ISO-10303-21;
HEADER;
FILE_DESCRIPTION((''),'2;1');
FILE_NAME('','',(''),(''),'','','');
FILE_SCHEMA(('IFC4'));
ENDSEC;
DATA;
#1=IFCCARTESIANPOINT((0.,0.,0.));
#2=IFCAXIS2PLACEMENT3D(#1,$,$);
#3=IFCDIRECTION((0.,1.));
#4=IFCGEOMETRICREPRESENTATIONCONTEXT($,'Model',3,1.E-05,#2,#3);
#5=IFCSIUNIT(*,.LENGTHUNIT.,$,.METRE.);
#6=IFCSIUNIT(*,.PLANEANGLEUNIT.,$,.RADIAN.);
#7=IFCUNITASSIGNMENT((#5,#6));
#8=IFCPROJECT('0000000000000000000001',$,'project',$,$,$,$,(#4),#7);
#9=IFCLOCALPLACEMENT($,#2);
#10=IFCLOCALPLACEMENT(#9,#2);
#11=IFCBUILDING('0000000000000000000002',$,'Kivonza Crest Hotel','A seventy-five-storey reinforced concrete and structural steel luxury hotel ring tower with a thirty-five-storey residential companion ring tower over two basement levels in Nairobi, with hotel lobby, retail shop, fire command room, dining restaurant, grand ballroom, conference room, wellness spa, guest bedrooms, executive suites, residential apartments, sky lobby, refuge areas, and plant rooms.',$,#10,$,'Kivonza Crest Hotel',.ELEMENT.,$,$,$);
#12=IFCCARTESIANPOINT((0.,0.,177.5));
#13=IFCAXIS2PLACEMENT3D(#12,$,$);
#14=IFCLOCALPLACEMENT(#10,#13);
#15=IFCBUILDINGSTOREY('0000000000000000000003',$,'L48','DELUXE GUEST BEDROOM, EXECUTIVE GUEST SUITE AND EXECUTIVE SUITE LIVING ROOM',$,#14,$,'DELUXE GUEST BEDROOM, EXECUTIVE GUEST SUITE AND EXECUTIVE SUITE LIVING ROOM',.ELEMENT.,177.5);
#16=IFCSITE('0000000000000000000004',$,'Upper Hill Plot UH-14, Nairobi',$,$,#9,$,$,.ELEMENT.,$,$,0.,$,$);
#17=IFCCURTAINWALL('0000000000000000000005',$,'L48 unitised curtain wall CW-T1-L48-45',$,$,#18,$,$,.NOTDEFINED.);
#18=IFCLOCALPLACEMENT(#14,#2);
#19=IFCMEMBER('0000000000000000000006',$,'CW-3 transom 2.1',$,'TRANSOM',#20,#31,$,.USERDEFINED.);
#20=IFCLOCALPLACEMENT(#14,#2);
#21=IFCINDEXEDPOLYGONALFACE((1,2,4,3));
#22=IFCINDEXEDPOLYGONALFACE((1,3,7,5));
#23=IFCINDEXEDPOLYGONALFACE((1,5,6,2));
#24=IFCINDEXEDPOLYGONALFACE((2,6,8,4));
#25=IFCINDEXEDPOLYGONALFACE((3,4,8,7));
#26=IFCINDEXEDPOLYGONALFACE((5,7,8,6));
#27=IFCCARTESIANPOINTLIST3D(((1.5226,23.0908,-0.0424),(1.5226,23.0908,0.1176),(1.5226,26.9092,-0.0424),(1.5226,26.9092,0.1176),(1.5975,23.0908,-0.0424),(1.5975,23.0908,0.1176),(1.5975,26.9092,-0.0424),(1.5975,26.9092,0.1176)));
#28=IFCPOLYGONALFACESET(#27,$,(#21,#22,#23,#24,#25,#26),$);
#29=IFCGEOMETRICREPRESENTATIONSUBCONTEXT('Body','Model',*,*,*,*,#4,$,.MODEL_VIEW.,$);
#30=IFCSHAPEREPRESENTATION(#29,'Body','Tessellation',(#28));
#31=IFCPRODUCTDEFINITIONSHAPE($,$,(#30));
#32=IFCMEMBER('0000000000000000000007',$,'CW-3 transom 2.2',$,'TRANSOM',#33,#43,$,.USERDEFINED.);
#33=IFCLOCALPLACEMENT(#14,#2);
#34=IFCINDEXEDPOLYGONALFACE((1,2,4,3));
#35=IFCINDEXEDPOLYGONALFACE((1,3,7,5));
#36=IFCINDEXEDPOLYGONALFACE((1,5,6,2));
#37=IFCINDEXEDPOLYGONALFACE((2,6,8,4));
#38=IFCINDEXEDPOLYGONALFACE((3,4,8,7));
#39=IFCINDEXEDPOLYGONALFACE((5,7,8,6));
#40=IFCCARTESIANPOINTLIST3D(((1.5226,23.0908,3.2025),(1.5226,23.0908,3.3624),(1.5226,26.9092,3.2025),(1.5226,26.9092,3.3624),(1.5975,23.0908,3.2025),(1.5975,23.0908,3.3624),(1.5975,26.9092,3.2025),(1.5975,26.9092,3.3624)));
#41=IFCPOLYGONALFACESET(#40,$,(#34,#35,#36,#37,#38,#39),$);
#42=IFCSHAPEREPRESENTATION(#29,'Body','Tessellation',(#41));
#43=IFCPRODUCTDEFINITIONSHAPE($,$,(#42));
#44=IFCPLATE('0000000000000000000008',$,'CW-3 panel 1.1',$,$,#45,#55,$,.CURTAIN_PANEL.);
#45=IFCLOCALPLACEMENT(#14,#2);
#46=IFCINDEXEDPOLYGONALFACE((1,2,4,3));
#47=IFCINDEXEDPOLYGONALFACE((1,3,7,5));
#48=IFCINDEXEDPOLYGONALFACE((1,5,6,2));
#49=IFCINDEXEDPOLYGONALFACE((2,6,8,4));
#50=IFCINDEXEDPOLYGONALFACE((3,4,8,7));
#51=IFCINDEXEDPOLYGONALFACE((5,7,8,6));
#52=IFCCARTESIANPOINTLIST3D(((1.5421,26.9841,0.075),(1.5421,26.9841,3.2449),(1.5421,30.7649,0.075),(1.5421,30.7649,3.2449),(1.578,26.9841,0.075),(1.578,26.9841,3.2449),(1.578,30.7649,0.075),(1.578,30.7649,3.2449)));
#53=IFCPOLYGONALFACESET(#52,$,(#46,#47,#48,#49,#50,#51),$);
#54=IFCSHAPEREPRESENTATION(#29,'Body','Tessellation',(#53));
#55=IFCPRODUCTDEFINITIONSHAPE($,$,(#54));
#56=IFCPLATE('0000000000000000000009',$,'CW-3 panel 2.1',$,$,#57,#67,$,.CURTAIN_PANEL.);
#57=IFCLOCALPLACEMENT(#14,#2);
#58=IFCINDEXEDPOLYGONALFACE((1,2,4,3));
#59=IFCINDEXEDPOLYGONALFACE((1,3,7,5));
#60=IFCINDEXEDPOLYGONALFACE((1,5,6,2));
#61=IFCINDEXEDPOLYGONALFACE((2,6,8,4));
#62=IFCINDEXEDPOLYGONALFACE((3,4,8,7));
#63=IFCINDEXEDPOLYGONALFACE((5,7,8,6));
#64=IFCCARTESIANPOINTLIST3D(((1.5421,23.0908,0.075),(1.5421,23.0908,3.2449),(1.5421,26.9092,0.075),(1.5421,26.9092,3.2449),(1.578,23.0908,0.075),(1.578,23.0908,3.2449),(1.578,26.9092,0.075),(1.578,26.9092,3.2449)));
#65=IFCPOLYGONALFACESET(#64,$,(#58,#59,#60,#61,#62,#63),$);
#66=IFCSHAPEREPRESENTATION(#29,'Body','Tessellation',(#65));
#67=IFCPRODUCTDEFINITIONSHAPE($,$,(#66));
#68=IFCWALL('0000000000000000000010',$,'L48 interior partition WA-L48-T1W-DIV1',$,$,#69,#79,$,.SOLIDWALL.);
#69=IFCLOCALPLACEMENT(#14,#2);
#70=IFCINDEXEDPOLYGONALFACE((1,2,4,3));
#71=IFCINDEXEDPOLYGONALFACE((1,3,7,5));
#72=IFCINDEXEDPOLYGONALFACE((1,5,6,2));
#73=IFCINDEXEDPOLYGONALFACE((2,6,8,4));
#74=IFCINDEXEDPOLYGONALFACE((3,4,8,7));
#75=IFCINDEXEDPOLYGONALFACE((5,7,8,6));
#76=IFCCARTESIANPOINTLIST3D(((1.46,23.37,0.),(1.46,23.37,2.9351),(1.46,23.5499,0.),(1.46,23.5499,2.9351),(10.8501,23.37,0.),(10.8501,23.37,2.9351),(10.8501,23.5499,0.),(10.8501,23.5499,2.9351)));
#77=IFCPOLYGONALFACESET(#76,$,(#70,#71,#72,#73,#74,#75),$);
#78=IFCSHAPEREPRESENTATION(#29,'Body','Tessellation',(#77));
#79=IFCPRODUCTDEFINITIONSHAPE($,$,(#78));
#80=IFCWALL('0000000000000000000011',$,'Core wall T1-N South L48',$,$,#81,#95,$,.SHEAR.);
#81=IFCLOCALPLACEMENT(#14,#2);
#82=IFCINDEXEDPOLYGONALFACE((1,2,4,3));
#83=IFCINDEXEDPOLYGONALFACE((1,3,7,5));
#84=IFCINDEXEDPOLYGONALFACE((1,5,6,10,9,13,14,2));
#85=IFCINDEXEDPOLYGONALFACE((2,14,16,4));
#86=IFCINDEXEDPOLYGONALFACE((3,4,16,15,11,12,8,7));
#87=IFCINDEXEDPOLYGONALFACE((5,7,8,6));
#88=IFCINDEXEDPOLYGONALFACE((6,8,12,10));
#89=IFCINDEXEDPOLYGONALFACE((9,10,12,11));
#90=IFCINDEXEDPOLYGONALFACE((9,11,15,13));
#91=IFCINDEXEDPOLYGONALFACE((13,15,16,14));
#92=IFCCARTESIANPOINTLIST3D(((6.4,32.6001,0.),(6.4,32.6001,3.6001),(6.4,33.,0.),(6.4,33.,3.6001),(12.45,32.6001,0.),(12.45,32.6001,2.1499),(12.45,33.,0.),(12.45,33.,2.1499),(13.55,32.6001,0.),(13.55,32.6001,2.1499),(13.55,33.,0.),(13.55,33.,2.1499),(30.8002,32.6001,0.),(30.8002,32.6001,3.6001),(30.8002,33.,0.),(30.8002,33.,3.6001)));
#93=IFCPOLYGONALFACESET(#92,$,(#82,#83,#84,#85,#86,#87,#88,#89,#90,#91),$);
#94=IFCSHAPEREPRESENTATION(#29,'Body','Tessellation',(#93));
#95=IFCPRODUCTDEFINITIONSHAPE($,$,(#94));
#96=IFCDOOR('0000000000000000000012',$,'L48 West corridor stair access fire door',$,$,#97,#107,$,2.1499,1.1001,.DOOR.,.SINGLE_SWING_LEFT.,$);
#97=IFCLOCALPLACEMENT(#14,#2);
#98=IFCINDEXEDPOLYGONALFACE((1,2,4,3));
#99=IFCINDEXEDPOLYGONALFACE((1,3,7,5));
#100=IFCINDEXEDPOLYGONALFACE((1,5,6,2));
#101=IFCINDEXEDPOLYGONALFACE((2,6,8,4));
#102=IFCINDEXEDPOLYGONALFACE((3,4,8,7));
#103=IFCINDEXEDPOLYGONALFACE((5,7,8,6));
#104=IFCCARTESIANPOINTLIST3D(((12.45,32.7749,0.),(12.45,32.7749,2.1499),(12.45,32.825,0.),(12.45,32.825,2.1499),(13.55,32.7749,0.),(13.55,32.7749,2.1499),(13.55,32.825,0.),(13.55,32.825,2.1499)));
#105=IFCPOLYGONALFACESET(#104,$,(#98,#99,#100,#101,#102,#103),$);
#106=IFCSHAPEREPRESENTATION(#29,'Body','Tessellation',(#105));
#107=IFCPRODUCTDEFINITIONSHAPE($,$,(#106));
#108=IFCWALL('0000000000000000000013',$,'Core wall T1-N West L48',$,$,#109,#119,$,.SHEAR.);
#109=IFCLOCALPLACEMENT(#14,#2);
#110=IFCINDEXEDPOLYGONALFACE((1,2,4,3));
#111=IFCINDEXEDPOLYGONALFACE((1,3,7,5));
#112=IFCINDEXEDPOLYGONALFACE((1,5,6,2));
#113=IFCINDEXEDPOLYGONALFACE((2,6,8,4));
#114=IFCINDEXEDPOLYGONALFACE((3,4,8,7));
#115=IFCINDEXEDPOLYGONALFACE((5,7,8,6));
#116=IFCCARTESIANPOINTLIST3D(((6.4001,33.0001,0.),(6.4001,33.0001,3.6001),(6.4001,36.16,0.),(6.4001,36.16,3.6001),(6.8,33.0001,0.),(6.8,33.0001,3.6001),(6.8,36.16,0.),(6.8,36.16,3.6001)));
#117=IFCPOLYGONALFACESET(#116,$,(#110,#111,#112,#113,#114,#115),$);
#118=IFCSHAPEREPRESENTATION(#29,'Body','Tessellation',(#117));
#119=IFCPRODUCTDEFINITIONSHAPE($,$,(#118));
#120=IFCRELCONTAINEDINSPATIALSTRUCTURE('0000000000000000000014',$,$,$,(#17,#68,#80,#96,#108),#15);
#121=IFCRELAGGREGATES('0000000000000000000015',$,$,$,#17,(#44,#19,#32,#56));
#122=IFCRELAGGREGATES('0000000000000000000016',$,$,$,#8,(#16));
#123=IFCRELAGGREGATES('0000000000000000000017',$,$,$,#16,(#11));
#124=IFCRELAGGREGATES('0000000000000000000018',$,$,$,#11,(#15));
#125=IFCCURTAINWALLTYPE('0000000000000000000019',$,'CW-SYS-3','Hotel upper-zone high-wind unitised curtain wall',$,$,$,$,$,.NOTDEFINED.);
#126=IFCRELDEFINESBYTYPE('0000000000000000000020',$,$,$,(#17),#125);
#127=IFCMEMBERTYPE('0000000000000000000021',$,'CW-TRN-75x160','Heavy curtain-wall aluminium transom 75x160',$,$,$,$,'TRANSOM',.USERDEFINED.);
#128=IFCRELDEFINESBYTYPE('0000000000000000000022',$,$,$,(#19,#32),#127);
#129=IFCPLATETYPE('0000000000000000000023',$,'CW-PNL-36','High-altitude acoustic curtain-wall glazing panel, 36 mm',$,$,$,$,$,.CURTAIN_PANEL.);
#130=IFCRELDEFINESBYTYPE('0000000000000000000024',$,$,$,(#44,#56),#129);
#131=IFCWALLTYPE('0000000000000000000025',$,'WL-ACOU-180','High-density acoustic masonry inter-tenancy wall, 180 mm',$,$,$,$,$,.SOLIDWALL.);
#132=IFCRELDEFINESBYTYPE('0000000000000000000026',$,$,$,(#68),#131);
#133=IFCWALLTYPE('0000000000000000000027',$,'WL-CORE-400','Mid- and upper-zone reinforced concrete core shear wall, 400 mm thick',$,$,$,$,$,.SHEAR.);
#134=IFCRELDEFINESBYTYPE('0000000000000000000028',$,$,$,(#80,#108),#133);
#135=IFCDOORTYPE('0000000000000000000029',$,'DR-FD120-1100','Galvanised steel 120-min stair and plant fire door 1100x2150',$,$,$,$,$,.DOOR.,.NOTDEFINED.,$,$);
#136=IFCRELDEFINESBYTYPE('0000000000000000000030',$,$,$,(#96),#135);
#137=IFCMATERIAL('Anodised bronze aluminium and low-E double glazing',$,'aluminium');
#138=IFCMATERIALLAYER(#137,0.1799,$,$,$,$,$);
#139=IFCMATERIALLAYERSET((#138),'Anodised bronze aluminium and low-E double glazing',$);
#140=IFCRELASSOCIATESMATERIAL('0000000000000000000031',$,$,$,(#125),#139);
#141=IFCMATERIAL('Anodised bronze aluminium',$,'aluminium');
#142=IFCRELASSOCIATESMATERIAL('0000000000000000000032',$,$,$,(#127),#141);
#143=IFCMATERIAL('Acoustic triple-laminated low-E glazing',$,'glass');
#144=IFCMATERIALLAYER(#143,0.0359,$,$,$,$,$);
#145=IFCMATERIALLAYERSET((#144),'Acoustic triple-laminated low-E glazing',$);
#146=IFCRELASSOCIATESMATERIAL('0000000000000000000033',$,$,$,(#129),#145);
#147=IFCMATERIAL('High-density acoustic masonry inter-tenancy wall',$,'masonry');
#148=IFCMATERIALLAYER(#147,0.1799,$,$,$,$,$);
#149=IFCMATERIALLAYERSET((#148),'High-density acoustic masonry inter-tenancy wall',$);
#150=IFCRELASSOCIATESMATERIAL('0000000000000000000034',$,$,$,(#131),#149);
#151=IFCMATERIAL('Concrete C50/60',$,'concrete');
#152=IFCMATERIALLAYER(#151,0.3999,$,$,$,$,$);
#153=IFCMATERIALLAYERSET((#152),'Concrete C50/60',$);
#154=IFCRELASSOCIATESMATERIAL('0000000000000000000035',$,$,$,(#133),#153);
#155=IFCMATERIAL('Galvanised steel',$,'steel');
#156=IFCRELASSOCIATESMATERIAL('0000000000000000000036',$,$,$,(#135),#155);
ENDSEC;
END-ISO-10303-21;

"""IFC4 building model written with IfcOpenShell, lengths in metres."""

from ifc_helpers import new_model, si_unit, direction, frame, frame_2d, origin, origin_2d, place, context, subcontext, project, spatial, rectangle, extrude, material, layer, layer_set, material_profile, profile_set, type_object, element, fill, aggregate, save


model = new_model("IFC4")

# Units and contexts
model_context = context("Model", 3, precision=1e-05, world=origin(), true_north=direction((0.0, 1.0)))
body_context = subcontext(model_context, "Body", "Model", "MODEL_VIEW")
ifc_project = project(units=[si_unit("LENGTHUNIT", "METRE"), si_unit("PLANEANGLEUNIT", "RADIAN")], contexts=[model_context])

# Site, building, storey
site_placement = place(None, origin())
site = spatial("IfcSite", under=ifc_project, at=site_placement, Name="Upper Hill Plot UH-14, Nairobi", CompositionType="ELEMENT", RefElevation=0.0)
building_placement = place(site_placement, origin())
building = spatial("IfcBuilding", under=site, at=building_placement, Name="Kivonza Crest Hotel", Description="A seventy-five-storey reinforced concrete and structural steel luxury hotel ring tower with a thirty-five-storey residential companion ring tower over two basement levels in Nairobi, with hotel lobby, retail shop, fire command room, dining restaurant, grand ballroom, conference room, wellness spa, guest bedrooms, executive suites, residential apartments, sky lobby, refuge areas, and plant rooms.", LongName="Kivonza Crest Hotel", CompositionType="ELEMENT")
storey_placement = place(building_placement, frame((0.0, 0.0, 177.5)))
storey = spatial("IfcBuildingStorey", under=building, at=storey_placement, Name="L48", Description="DELUXE GUEST BEDROOM, EXECUTIVE GUEST SUITE AND EXECUTIVE SUITE LIVING ROOM", LongName="DELUXE GUEST BEDROOM, EXECUTIVE GUEST SUITE AND EXECUTIVE SUITE LIVING ROOM", CompositionType="ELEMENT", Elevation=177.5)

# Shared definitions
ifc_material_1 = material(Name="Concrete C50/60", Category="concrete")

# Curtain wall, members, plates
ifc_material_2 = material(Name="Anodised bronze aluminium and low-E double glazing", Category="aluminium")
ifc_layer_1 = layer(ifc_material_2, 0.1799)
ifc_layer_set_1 = layer_set([ifc_layer_1], Name="Anodised bronze aluminium and low-E double glazing")
curtain_wall_type = type_object("IfcCurtainWallType", Name="CW-SYS-3", Description="Hotel upper-zone high-wind unitised curtain wall", PredefinedType="NOTDEFINED", material=ifc_layer_set_1)
curtain_wall_placement = place(storey_placement, origin())
curtain_wall = element("IfcCurtainWall", 1, at=curtain_wall_placement, inside=storey, type_object=curtain_wall_type, Name="L48 unitised curtain wall CW-T1-L48-45", PredefinedType="NOTDEFINED")
ifc_material_3 = material(Name="Anodised bronze aluminium", Category="aluminium")
ifc_material_profile_1 = material_profile(ifc_material_3, rectangle(XDim=0.075, YDim=0.1599, at=origin_2d()), Name="CW-T 75x160")
ifc_profile_set_1 = profile_set([ifc_material_profile_1], Name="Anodised bronze aluminium")
member_type_1 = type_object("IfcMemberType", Name="CW-TRN-75x160", Description="Heavy curtain-wall aluminium transom 75x160", ElementType="TRANSOM", PredefinedType="USERDEFINED", material=ifc_profile_set_1)
member_1_placement = place(storey_placement, frame((1.5601, 26.9092, 0.0376), z_axis=(0.0, -1.0, 0.0), x_axis=(1.0, 0.0, 0.0)))
member_1 = element("IfcMember", 2, at=member_1_placement, type_object=member_type_1, Name="CW-3 transom 2.1", ObjectType="TRANSOM", PredefinedType="USERDEFINED", context=body_context, shape_type="SweptSolid", body=[
    extrude(rectangle(XDim=0.075, YDim=0.1599, at=origin_2d()), origin(), (0.0, 0.0, 1.0), 3.8184),
])
member_2_placement = place(storey_placement, frame((1.5601, 26.9092, 3.2825), z_axis=(0.0, -1.0, 0.0), x_axis=(1.0, 0.0, 0.0)))
member_2 = element("IfcMember", 3, at=member_2_placement, type_object=member_type_1, Name="CW-3 transom 2.2", ObjectType="TRANSOM", PredefinedType="USERDEFINED", context=body_context, shape_type="SweptSolid", body=[
    extrude(rectangle(XDim=0.075, YDim=0.1599, at=origin_2d()), origin(), (0.0, 0.0, 1.0), 3.8184),
])
ifc_material_4 = material(Name="Acoustic triple-laminated low-E glazing", Category="glass")
ifc_layer_2 = layer(ifc_material_4, 0.0359)
ifc_layer_set_2 = layer_set([ifc_layer_2], Name="Acoustic triple-laminated low-E glazing")
plate_type = type_object("IfcPlateType", Name="CW-PNL-36", Description="High-altitude acoustic curtain-wall glazing panel, 36 mm", PredefinedType="CURTAIN_PANEL", material=ifc_layer_set_2)
plate_1_placement = place(storey_placement, frame((1.5601, 28.8745, 0.075), z_axis=(0.0, 0.0, 1.0), x_axis=(0.0, -1.0, 0.0)))
plate_1 = element("IfcPlate", 4, at=plate_1_placement, type_object=plate_type, Name="CW-3 panel 1.1", PredefinedType="CURTAIN_PANEL", context=body_context, shape_type="SweptSolid", body=[
    extrude(rectangle(XDim=3.7808, YDim=0.0359, at=origin_2d()), origin(), (0.0, 0.0, 1.0), 3.1699),
])
plate_2_placement = place(storey_placement, frame((1.5601, 25.0, 0.075), z_axis=(0.0, 0.0, 1.0), x_axis=(0.0, -1.0, 0.0)))
plate_2 = element("IfcPlate", 5, at=plate_2_placement, type_object=plate_type, Name="CW-3 panel 2.1", PredefinedType="CURTAIN_PANEL", context=body_context, shape_type="SweptSolid", body=[
    extrude(rectangle(XDim=3.8184, YDim=0.0359, at=origin_2d()), origin(), (0.0, 0.0, 1.0), 3.1699),
])
aggregate(curtain_wall, [plate_1, member_1, member_2, plate_2])

# Wall
ifc_material_5 = material(Name="High-density acoustic masonry inter-tenancy wall", Category="masonry")
ifc_layer_3 = layer(ifc_material_5, 0.1799)
ifc_layer_set_3 = layer_set([ifc_layer_3], Name="High-density acoustic masonry inter-tenancy wall")
wall_type_1 = type_object("IfcWallType", Name="WL-ACOU-180", Description="High-density acoustic masonry inter-tenancy wall, 180 mm", PredefinedType="SOLIDWALL", material=ifc_layer_set_3)
wall_1_placement = place(storey_placement, frame((1.46, 23.46, 0.0), z_axis=(0.0, 0.0, 1.0), x_axis=(1.0, 0.0, 0.0)))
element("IfcWall", 6, at=wall_1_placement, inside=storey, type_object=wall_type_1, Name="L48 interior partition WA-L48-T1W-DIV1", PredefinedType="SOLIDWALL", context=body_context, shape_type="SweptSolid", body=[
    extrude(rectangle(XDim=9.3901, YDim=0.1799, at=frame_2d((4.6951, 0.0))), origin(), (0.0, 0.0, 1.0), 2.9351),
])

# Wall, opening, door
ifc_layer_4 = layer(ifc_material_1, 0.3999)
ifc_layer_set_4 = layer_set([ifc_layer_4], Name="Concrete C50/60")
wall_type_2 = type_object("IfcWallType", Name="WL-CORE-400", Description="Mid- and upper-zone reinforced concrete core shear wall, 400 mm thick", PredefinedType="SHEAR", material=ifc_layer_set_4)
wall_2_placement = place(storey_placement, frame((6.3999, 32.8, 0.0), z_axis=(0.0, 0.0, 1.0), x_axis=(1.0, 0.0, 0.0)))
wall_2 = element("IfcWall", 7, at=wall_2_placement, inside=storey, type_object=wall_type_2, Name="Core wall T1-N South L48", PredefinedType="SHEAR", context=body_context, shape_type="SweptSolid", body=[
    extrude(rectangle(XDim=24.4001, YDim=0.3999, at=frame_2d((12.2002, 0.0))), origin(), (0.0, 0.0, 1.0), 3.6001),
])
opening_placement = place(wall_2_placement, frame((6.05, 0.0, 0.0)))
opening = element("IfcOpeningElement", 8, at=opening_placement, cuts=wall_2, PredefinedType="OPENING", context=body_context, shape_type="SweptSolid", body=[
    extrude(rectangle(XDim=1.1001, YDim=2.1499, at=frame_2d((0.55, 1.075))), frame((0.0, 0.21, 0.0), z_axis=(0.0, -1.0, 0.0), x_axis=(1.0, 0.0, 0.0)), (0.0, 0.0, 1.0), 0.4199),
])
ifc_material_6 = material(Name="Galvanised steel", Category="steel")
door_type = type_object("IfcDoorType", Name="DR-FD120-1100", Description="Galvanised steel 120-min stair and plant fire door 1100x2150", OperationType="NOTDEFINED", PredefinedType="DOOR", material=ifc_material_6)
door_placement = place(opening_placement, origin())
door = element("IfcDoor", 9, at=door_placement, inside=storey, type_object=door_type, Name="L48 West corridor stair access fire door", OperationType="SINGLE_SWING_LEFT", OverallHeight=2.1499, OverallWidth=1.1001, PredefinedType="DOOR", context=body_context, shape_type="SweptSolid", body=[
    extrude(rectangle(XDim=1.1001, YDim=2.1499, at=frame_2d((0.55, 1.075))), frame((0.0, 0.0249, 0.0), z_axis=(0.0, -1.0, 0.0), x_axis=(1.0, 0.0, 0.0)), (0.0, 0.0, 1.0), 0.05),
])
fill(opening, door)

# Wall
wall_3_placement = place(storey_placement, frame((6.6001, 33.0, 0.0), z_axis=(0.0, 0.0, 1.0), x_axis=(0.0, 1.0, 0.0)))
element("IfcWall", 10, at=wall_3_placement, inside=storey, type_object=wall_type_2, Name="Core wall T1-N West L48", PredefinedType="SHEAR", context=body_context, shape_type="SweptSolid", body=[
    extrude(rectangle(XDim=3.1599, YDim=0.3999, at=frame_2d((1.5801, 0.0))), origin(), (0.0, 0.0, 1.0), 3.6001),
])

save(model, "model.ifc")
